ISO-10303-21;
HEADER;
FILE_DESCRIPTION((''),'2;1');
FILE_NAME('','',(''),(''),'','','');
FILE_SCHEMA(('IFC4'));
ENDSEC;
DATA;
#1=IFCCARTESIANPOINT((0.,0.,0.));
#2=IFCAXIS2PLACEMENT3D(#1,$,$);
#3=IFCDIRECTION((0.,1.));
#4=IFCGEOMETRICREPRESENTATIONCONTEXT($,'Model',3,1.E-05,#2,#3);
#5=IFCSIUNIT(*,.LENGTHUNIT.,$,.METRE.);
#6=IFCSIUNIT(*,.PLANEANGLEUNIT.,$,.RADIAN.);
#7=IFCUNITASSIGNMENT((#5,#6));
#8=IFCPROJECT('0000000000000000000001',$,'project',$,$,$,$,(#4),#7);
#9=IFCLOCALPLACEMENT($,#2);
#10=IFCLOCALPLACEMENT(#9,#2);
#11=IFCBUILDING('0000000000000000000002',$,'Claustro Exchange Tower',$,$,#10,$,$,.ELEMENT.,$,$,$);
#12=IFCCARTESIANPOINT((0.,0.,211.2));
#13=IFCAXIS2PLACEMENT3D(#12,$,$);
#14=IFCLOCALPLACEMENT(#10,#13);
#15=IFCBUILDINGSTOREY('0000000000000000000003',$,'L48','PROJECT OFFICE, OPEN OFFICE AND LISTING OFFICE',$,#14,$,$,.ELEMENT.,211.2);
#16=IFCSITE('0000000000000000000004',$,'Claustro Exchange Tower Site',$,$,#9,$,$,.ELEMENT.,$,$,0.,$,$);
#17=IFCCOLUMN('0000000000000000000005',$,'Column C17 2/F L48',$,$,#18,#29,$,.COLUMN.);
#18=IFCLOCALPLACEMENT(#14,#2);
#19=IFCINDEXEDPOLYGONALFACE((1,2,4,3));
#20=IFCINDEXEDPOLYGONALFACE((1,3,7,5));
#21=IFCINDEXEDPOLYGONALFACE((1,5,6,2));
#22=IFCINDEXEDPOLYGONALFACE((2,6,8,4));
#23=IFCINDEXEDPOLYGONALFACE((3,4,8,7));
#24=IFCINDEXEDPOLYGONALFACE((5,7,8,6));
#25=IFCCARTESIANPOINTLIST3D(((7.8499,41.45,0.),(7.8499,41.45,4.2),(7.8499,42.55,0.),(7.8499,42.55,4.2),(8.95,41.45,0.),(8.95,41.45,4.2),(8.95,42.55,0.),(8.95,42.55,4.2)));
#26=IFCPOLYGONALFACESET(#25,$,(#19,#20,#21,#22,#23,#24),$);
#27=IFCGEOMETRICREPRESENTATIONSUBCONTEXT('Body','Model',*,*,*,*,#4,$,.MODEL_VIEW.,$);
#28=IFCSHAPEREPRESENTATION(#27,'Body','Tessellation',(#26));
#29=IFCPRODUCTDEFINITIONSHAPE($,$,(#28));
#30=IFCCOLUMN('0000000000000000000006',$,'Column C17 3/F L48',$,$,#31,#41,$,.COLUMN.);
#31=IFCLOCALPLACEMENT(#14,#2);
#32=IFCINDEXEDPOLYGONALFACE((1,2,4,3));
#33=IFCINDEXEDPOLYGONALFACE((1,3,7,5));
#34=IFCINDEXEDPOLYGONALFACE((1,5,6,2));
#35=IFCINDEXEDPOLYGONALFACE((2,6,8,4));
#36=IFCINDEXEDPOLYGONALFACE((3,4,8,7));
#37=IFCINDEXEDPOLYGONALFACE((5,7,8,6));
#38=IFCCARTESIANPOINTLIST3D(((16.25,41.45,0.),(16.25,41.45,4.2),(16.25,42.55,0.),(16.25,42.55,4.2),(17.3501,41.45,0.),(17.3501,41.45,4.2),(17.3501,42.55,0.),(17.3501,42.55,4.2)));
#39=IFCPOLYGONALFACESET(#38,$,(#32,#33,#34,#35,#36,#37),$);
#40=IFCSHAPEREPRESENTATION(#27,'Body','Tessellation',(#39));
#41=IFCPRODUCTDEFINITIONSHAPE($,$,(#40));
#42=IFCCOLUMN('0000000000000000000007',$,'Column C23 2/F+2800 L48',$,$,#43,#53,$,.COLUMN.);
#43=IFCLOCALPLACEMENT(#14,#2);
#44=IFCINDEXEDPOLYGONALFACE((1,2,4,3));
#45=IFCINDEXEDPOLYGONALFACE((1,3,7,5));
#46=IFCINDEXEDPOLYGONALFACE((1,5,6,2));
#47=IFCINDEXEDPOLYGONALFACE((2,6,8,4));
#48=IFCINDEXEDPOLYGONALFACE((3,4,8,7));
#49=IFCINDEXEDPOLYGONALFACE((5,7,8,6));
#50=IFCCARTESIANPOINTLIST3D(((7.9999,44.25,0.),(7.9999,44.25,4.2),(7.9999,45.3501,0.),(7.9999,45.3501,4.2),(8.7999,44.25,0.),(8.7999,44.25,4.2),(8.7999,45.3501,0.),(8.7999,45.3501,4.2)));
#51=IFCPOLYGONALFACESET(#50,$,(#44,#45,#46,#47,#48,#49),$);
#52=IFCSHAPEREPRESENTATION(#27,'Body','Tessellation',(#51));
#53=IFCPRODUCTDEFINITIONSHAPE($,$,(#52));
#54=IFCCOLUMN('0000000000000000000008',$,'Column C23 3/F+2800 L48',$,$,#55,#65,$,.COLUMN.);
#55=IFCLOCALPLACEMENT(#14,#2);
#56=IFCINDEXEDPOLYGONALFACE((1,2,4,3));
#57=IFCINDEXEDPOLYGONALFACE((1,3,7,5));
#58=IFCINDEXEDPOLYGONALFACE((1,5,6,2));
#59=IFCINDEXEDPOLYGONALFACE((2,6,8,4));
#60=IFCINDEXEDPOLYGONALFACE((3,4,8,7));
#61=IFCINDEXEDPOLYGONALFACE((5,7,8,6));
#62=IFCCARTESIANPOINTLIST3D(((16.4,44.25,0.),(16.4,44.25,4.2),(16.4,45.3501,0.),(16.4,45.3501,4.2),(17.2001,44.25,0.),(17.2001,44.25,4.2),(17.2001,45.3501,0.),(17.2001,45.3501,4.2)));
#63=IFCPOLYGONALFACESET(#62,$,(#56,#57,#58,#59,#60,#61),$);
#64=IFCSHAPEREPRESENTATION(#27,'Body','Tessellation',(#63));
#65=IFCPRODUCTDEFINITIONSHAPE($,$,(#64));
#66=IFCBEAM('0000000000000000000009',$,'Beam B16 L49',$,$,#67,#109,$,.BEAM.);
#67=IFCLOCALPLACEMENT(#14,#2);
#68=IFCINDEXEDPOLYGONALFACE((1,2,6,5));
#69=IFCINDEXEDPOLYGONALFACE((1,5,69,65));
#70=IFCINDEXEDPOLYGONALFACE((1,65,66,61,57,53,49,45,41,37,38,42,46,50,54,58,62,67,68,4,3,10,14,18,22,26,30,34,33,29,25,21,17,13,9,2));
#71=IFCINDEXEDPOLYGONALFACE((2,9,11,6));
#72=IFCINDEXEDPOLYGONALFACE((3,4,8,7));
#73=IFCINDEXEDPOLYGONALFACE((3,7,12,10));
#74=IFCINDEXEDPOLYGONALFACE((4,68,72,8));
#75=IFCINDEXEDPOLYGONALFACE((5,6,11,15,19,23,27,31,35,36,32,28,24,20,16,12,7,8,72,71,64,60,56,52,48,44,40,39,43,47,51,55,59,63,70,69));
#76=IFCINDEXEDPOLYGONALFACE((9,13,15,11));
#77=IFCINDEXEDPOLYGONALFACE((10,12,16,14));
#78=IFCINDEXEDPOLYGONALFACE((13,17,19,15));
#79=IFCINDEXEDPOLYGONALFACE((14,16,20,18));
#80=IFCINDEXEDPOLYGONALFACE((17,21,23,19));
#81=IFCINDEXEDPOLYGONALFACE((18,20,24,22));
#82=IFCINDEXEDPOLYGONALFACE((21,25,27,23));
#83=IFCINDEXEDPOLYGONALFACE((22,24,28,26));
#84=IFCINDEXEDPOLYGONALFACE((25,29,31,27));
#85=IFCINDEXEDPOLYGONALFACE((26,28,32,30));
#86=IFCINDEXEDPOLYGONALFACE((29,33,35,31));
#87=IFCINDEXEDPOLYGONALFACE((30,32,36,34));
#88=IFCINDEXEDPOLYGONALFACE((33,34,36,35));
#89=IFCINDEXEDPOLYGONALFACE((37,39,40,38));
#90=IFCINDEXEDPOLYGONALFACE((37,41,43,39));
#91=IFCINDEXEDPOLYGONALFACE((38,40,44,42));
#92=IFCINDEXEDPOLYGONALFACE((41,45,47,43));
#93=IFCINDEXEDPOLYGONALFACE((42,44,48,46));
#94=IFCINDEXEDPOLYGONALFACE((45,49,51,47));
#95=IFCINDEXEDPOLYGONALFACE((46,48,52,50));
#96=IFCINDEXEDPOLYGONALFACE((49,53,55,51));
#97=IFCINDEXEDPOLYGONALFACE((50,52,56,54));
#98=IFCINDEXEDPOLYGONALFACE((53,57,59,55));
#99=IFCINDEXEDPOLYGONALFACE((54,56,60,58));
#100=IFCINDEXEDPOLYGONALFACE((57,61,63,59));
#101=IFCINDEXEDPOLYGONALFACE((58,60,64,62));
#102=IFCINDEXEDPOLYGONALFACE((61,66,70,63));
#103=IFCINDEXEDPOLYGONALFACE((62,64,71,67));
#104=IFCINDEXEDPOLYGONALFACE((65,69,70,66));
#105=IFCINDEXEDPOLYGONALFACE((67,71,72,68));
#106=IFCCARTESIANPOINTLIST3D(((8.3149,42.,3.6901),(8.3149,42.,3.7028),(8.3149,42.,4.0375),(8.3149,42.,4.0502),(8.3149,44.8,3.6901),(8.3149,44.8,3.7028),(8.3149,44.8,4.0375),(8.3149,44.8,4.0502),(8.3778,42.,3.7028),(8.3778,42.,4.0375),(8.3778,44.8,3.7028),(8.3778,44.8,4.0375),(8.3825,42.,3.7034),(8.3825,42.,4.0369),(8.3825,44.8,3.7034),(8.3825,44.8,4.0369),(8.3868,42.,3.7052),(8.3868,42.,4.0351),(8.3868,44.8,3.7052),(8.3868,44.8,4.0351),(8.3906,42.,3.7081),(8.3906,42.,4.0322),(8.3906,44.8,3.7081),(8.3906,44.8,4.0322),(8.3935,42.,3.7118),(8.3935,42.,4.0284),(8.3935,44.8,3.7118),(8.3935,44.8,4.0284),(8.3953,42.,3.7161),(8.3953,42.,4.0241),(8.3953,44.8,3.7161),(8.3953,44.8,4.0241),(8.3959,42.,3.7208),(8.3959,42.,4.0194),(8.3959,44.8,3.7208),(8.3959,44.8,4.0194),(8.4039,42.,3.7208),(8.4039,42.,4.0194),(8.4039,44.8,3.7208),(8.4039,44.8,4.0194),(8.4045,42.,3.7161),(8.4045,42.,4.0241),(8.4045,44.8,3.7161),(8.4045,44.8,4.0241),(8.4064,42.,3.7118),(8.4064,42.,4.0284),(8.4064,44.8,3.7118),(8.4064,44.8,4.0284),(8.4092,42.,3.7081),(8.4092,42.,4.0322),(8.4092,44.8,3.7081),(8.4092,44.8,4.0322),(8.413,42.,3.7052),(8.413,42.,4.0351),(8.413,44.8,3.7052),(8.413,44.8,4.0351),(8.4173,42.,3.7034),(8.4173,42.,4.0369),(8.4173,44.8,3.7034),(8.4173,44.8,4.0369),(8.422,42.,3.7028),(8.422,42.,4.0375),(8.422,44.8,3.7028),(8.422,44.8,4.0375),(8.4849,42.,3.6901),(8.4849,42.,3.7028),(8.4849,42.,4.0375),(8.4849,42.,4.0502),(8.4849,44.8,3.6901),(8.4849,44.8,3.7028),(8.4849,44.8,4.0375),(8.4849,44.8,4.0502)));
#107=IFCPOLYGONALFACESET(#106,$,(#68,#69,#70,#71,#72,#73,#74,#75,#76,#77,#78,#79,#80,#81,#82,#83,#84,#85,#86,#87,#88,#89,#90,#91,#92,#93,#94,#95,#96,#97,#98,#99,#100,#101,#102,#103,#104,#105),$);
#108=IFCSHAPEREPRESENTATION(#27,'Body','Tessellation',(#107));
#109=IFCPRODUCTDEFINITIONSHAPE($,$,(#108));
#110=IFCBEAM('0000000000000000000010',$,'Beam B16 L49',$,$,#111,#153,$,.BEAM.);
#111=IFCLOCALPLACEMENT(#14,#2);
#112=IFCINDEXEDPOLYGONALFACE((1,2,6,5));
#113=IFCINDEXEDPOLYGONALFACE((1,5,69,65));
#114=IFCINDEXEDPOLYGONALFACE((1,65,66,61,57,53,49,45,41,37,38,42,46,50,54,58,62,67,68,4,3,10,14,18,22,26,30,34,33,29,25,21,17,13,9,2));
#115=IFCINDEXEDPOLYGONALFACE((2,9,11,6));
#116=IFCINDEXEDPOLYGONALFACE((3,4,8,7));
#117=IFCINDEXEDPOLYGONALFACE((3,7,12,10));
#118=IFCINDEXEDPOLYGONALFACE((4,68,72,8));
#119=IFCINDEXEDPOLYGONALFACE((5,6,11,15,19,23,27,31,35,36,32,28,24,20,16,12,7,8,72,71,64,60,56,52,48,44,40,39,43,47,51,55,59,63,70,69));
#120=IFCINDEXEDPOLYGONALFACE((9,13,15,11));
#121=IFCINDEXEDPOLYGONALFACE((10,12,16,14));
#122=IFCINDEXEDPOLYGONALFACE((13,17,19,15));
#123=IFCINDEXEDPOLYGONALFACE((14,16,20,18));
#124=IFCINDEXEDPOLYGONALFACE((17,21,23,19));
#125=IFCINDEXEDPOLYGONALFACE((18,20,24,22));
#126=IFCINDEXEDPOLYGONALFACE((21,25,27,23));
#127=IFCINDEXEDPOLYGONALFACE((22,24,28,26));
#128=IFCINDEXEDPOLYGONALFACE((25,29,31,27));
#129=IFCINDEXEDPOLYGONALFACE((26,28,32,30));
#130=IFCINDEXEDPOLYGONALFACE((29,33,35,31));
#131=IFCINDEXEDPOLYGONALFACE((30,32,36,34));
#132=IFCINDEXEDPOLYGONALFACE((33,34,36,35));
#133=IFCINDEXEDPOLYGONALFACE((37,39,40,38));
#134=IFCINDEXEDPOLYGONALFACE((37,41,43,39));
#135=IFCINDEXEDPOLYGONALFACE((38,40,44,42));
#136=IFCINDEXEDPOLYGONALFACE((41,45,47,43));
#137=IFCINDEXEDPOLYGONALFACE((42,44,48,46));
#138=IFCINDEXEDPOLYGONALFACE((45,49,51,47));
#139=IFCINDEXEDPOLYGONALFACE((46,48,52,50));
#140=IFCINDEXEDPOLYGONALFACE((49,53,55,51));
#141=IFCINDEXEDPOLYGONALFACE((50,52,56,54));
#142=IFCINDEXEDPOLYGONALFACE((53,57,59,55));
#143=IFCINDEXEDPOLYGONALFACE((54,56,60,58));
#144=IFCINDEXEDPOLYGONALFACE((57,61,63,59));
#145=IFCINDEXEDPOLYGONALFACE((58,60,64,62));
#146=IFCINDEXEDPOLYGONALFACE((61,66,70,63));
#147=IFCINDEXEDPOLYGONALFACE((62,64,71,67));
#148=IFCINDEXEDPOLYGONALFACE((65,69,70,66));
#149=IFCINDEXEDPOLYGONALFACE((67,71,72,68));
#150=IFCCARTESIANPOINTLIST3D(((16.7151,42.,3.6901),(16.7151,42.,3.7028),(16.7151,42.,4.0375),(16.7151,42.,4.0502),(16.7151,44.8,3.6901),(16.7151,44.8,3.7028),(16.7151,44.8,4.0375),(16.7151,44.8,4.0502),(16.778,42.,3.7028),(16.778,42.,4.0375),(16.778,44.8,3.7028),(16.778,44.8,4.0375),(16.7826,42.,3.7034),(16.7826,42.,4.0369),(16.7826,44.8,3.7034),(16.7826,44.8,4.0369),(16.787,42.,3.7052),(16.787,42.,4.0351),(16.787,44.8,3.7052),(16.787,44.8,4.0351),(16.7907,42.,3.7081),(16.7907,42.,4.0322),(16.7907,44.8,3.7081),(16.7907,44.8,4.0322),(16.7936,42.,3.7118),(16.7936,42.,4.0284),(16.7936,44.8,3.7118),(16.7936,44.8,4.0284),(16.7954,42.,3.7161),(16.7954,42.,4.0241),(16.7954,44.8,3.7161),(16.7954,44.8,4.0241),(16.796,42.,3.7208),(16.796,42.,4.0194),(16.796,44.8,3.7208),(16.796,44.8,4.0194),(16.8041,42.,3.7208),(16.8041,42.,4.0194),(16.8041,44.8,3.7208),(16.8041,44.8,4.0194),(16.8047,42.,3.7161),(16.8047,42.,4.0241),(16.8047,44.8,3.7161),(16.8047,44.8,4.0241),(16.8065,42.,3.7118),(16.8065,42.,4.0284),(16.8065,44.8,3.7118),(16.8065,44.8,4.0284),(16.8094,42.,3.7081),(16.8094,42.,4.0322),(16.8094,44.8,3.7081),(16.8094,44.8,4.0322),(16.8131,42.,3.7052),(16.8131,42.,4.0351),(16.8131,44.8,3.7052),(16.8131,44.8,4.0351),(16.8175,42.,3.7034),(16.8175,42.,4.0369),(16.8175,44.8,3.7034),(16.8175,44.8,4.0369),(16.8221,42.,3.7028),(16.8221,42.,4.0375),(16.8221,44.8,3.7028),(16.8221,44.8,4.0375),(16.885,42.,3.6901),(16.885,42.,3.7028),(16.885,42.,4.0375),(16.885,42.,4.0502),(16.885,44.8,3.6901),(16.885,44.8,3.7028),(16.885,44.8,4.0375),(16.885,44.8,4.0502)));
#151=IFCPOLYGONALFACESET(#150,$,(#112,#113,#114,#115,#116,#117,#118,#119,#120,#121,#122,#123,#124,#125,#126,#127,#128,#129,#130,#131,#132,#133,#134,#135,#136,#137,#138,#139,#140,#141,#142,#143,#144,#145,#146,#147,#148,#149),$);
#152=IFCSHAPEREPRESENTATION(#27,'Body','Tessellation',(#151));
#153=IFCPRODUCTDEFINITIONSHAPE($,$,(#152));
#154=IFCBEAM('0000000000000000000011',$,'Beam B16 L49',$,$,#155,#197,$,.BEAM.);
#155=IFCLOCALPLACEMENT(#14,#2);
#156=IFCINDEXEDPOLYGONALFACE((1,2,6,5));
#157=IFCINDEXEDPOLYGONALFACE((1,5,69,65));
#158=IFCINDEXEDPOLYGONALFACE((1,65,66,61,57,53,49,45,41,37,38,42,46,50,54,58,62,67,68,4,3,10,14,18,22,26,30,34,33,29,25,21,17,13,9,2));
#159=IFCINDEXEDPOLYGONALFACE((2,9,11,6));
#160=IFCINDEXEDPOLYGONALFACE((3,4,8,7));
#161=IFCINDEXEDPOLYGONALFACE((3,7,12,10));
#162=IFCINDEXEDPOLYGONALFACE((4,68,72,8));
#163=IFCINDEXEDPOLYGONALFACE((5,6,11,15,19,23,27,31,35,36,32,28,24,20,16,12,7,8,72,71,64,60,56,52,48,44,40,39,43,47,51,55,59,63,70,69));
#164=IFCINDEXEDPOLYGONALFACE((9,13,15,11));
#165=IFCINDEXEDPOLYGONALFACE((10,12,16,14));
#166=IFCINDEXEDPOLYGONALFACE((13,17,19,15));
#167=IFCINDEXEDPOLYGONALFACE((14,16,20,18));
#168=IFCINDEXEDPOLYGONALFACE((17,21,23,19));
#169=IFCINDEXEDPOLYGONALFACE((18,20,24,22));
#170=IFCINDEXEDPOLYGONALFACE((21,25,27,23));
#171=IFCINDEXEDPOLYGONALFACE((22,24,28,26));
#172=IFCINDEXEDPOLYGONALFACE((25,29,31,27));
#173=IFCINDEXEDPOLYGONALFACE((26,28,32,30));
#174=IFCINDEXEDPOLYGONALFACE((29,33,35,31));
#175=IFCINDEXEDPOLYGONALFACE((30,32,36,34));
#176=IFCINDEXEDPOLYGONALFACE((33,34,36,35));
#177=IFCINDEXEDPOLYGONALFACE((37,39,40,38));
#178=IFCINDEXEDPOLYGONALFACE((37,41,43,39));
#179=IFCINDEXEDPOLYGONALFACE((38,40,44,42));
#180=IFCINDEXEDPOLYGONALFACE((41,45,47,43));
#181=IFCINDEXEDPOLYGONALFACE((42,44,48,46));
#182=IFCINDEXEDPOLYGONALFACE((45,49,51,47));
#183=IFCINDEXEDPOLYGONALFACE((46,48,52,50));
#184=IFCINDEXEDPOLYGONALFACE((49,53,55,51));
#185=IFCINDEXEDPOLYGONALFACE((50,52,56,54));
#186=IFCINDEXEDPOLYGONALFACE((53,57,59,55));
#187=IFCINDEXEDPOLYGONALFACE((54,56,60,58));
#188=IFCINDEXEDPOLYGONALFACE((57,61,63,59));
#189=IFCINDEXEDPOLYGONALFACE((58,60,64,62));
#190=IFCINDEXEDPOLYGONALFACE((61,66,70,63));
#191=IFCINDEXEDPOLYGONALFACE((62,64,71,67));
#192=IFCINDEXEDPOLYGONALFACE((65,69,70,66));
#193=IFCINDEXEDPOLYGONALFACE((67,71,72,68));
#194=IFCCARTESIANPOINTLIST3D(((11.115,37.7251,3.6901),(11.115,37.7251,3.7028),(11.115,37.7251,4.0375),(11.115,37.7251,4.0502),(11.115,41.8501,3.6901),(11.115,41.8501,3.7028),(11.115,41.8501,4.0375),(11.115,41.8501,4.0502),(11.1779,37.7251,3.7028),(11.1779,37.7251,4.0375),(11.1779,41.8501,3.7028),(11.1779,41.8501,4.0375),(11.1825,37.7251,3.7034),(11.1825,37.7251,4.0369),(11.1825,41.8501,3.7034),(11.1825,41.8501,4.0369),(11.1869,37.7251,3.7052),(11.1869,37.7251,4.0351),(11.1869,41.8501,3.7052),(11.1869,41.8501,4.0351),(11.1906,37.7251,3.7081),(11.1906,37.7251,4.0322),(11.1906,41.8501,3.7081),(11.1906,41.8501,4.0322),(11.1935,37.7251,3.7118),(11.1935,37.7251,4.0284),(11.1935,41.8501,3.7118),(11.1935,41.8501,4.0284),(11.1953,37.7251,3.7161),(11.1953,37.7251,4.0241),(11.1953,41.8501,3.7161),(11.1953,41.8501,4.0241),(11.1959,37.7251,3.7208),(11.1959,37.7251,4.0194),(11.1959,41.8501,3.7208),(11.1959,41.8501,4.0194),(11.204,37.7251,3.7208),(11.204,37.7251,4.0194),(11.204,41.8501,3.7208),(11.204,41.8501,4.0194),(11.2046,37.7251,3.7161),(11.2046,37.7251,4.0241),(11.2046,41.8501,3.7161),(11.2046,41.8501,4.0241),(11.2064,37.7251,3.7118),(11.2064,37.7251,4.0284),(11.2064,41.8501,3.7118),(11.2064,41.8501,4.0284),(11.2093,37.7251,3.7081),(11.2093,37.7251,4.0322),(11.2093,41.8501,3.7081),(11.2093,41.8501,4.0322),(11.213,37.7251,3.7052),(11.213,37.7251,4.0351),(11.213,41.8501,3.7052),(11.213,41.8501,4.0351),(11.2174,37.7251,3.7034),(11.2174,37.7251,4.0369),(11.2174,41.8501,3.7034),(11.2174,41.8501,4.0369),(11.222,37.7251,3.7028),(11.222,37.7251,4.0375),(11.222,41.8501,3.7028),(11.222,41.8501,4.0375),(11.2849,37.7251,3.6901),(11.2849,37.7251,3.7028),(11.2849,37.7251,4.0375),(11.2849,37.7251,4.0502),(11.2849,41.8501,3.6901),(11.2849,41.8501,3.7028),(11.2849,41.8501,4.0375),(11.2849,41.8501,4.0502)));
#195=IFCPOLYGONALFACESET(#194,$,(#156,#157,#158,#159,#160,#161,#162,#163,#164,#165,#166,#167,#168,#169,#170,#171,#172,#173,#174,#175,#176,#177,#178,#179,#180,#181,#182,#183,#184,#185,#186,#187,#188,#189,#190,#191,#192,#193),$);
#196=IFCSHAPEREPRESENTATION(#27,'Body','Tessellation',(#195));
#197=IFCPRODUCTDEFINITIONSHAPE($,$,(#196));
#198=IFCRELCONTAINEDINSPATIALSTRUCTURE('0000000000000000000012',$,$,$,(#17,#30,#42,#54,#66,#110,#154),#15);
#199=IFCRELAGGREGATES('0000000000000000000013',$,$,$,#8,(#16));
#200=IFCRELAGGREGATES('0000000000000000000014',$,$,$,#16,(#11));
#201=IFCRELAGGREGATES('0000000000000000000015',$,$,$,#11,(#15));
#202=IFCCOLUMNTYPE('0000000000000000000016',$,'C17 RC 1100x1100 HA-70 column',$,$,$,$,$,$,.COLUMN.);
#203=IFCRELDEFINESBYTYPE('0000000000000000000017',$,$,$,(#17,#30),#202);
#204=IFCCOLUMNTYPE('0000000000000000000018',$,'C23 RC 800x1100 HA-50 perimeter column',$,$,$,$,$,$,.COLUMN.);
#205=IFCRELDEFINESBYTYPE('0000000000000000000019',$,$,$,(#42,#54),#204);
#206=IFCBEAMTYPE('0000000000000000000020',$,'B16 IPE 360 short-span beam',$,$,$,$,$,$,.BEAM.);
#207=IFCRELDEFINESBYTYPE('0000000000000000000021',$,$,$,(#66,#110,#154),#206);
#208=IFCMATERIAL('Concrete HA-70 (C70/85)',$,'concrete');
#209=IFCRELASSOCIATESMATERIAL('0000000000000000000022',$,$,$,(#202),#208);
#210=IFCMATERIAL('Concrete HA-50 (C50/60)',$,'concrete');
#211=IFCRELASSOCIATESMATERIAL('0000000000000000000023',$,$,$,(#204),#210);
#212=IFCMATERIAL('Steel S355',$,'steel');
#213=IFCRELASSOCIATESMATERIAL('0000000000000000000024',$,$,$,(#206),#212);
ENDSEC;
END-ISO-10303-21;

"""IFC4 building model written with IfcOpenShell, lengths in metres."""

from ifc_helpers import new_model, si_unit, direction, frame, origin, origin_2d, place, context, subcontext, project, spatial, rectangle, i_section, extrude, material, material_profile, profile_set, type_object, element, save


model = new_model("IFC4")

# Units and contexts
model_context = context("Model", 3, precision=1e-05, world=origin(), true_north=direction((0.0, 1.0)))
body_context = subcontext(model_context, "Body", "Model", "MODEL_VIEW")
ifc_project = project(units=[si_unit("LENGTHUNIT", "METRE"), si_unit("PLANEANGLEUNIT", "RADIAN")], contexts=[model_context])

# Site, building, storey
site_placement = place(None, origin())
site = spatial("IfcSite", under=ifc_project, at=site_placement, Name="Claustro Exchange Tower Site", CompositionType="ELEMENT", RefElevation=0.0)
building_placement = place(site_placement, origin())
building = spatial("IfcBuilding", under=site, at=building_placement, Name="Claustro Exchange Tower", CompositionType="ELEMENT")
storey_placement = place(building_placement, frame((0.0, 0.0, 211.2)))
storey = spatial("IfcBuildingStorey", under=building, at=storey_placement, Name="L48", Description="PROJECT OFFICE, OPEN OFFICE AND LISTING OFFICE", CompositionType="ELEMENT", Elevation=211.2)

# Columns
ifc_material_1 = material(Name="Concrete HA-70 (C70/85)", Category="concrete")
ifc_material_profile_1 = material_profile(ifc_material_1, rectangle(XDim=1.1001, YDim=1.1001, at=origin_2d()), Name="RC 1100x1100")
ifc_profile_set_1 = profile_set([ifc_material_profile_1], Name="Concrete HA-70 (C70/85)")
column_type_1 = type_object("IfcColumnType", Name="C17 RC 1100x1100 HA-70 column", PredefinedType="COLUMN", material=ifc_profile_set_1)
for number, where, z_axis, x_axis, name in (
    (1, (8.3999, 42.0, 0.0), (0.0, 0.0, 1.0), (1.0, 0.0, 0.0), "Column C17 2/F L48"),
    (2, (16.8, 42.0, 0.0), (0.0, 0.0, 1.0), (1.0, 0.0, 0.0), "Column C17 3/F L48"),
):
    element("IfcColumn", number, at=place(storey_placement, frame(where, z_axis=z_axis, x_axis=x_axis)), inside=storey, type_object=column_type_1, Name=name, PredefinedType="COLUMN", context=body_context, shape_type="SweptSolid", body=[
        extrude(rectangle(XDim=1.1001, YDim=1.1001, at=origin_2d()), origin(), (0.0, 0.0, 1.0), 4.2),
    ])
ifc_material_2 = material(Name="Concrete HA-50 (C50/60)", Category="concrete")
ifc_material_profile_2 = material_profile(ifc_material_2, rectangle(XDim=0.8, YDim=1.1001, at=origin_2d()), Name="RC 800x1100")
ifc_profile_set_2 = profile_set([ifc_material_profile_2], Name="Concrete HA-50 (C50/60)")
column_type_2 = type_object("IfcColumnType", Name="C23 RC 800x1100 HA-50 perimeter column", PredefinedType="COLUMN", material=ifc_profile_set_2)
for number, where, z_axis, x_axis, name in (
    (3, (8.3999, 44.8, 0.0), (0.0, 0.0, 1.0), (1.0, 0.0, 0.0), "Column C23 2/F+2800 L48"),
    (4, (16.8, 44.8, 0.0), (0.0, 0.0, 1.0), (1.0, 0.0, 0.0), "Column C23 3/F+2800 L48"),
):
    element("IfcColumn", number, at=place(storey_placement, frame(where, z_axis=z_axis, x_axis=x_axis)), inside=storey, type_object=column_type_2, Name=name, PredefinedType="COLUMN", context=body_context, shape_type="SweptSolid", body=[
        extrude(rectangle(XDim=0.8, YDim=1.1001, at=origin_2d()), origin(), (0.0, 0.0, 1.0), 4.2),
    ])

# Beams
ifc_material_3 = material(Name="Steel S355", Category="steel")
ifc_material_profile_3 = material_profile(ifc_material_3, i_section(OverallWidth=0.1699, OverallDepth=0.3601, WebThickness=0.0081, FlangeThickness=0.0127, FilletRadius=0.0181, at=origin_2d()), Name="IPE 360")
ifc_profile_set_3 = profile_set([ifc_material_profile_3], Name="Steel S355")
beam_type_1 = type_object("IfcBeamType", Name="B16 IPE 360 short-span beam", PredefinedType="BEAM", material=ifc_profile_set_3)
for number, where, z_axis, x_axis, name in (
    (5, (8.3999, 42.0, 3.8701), (0.0, 1.0, 0.0), (-1.0, 0.0, 0.0), "Beam B16 L49"),
    (6, (16.8, 42.0, 3.8701), (0.0, 1.0, 0.0), (-1.0, 0.0, 0.0), "Beam B16 L49"),
):
    element("IfcBeam", number, at=place(storey_placement, frame(where, z_axis=z_axis, x_axis=x_axis)), inside=storey, type_object=beam_type_1, Name=name, PredefinedType="BEAM", context=body_context, shape_type="SweptSolid", body=[
        extrude(i_section(OverallWidth=0.1699, OverallDepth=0.3601, WebThickness=0.0081, FlangeThickness=0.0127, FilletRadius=0.0181, at=origin_2d()), origin(), (0.0, 0.0, 1.0), 2.8),
    ])
for number, where, z_axis, x_axis, name in (
    (7, (11.2, 37.7251, 3.8701), (0.0, 1.0, 0.0), (-1.0, 0.0, 0.0), "Beam B16 L49"),
):
    element("IfcBeam", number, at=place(storey_placement, frame(where, z_axis=z_axis, x_axis=x_axis)), inside=storey, type_object=beam_type_1, Name=name, PredefinedType="BEAM", context=body_context, shape_type="SweptSolid", body=[
        extrude(i_section(OverallWidth=0.1699, OverallDepth=0.3601, WebThickness=0.0081, FlangeThickness=0.0127, FilletRadius=0.0181, at=origin_2d()), origin(), (0.0, 0.0, 1.0), 4.125),
    ])

save(model, "model.ifc")
